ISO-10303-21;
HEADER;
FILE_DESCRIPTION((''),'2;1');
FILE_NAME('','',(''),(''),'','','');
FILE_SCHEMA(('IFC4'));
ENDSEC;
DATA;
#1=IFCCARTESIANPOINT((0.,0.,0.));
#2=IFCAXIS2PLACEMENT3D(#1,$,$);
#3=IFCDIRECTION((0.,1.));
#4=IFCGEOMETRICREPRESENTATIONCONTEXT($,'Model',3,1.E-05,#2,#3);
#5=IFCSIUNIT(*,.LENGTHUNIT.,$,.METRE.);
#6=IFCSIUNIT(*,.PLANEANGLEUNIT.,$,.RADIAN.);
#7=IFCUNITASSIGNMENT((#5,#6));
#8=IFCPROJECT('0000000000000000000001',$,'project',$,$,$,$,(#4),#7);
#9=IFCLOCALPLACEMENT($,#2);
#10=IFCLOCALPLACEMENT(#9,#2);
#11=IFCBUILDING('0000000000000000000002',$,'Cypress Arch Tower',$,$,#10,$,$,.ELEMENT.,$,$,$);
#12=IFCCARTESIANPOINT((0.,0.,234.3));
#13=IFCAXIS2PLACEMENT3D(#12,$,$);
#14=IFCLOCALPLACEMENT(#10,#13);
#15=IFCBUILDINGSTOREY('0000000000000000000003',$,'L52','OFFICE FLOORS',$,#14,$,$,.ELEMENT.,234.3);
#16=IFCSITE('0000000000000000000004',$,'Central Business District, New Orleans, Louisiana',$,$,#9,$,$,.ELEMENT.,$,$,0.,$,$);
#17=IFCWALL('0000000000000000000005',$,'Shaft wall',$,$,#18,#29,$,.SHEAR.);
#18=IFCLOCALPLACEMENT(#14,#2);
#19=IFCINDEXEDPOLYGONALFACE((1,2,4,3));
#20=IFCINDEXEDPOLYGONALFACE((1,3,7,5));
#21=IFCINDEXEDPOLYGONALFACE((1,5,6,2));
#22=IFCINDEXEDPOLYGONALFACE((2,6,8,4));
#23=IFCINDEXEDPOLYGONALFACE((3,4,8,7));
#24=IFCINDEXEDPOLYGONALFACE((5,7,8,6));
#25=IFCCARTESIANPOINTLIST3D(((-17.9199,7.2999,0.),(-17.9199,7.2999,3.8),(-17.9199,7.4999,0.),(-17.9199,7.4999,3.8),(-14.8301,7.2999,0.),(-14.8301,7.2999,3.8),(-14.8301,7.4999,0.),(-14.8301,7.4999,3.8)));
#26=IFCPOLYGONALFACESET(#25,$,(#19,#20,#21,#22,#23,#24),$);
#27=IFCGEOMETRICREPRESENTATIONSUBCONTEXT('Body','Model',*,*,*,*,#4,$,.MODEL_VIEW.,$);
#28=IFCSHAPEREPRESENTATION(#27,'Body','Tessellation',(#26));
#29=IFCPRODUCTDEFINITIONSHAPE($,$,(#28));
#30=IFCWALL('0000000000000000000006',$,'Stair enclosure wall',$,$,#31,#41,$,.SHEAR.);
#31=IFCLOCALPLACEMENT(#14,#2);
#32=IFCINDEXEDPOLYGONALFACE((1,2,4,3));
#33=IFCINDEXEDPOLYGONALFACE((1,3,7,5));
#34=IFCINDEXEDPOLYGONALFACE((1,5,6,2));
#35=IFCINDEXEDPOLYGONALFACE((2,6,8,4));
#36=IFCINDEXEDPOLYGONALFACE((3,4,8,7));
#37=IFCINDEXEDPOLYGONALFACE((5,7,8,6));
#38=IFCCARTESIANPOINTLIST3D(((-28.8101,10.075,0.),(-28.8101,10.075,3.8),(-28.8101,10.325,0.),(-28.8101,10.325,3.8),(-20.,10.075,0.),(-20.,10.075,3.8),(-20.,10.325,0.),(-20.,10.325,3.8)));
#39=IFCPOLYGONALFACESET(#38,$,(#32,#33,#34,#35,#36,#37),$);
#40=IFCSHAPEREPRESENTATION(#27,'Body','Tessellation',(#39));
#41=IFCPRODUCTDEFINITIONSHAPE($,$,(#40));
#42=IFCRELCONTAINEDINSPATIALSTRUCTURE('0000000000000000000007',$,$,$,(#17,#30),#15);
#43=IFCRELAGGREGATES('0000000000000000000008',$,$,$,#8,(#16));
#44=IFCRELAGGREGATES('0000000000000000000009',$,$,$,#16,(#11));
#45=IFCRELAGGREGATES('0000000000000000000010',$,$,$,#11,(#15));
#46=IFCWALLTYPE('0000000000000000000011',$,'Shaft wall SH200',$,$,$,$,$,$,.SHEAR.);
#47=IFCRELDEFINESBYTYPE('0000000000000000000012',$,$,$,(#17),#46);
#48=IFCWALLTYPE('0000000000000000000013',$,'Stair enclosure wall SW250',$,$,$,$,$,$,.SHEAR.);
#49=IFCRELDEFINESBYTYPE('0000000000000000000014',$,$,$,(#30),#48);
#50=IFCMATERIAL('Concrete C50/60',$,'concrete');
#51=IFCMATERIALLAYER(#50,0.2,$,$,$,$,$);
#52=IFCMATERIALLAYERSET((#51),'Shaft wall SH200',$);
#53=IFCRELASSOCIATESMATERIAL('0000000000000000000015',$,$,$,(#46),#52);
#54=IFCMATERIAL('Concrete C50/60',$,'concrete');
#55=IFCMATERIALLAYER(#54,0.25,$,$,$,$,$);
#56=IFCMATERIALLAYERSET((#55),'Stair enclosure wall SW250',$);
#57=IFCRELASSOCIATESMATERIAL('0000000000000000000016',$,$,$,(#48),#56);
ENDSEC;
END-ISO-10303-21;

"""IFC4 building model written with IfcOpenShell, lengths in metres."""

from ifc_helpers import new_model, si_unit, direction, frame, frame_2d, origin, place, context, subcontext, project, spatial, rectangle, extrude, material, layer, layer_set, type_object, element, save


model = new_model("IFC4")

# Units and contexts
model_context = context("Model", 3, precision=1e-05, world=origin(), true_north=direction((0.0, 1.0)))
body_context = subcontext(model_context, "Body", "Model", "MODEL_VIEW")
ifc_project = project(units=[si_unit("LENGTHUNIT", "METRE"), si_unit("PLANEANGLEUNIT", "RADIAN")], contexts=[model_context])

# Site, building, storey
site_placement = place(None, origin())
site = spatial("IfcSite", under=ifc_project, at=site_placement, Name="Central Business District, New Orleans, Louisiana", CompositionType="ELEMENT", RefElevation=0.0)
building_placement = place(site_placement, origin())
building = spatial("IfcBuilding", under=site, at=building_placement, Name="Cypress Arch Tower", CompositionType="ELEMENT")
storey_placement = place(building_placement, frame((0.0, 0.0, 234.3)))
storey = spatial("IfcBuildingStorey", under=building, at=storey_placement, Name="L52", Description="OFFICE FLOORS", CompositionType="ELEMENT", Elevation=234.3)

# Shared definitions
ifc_material_1 = material(Name="Concrete C50/60", Category="concrete")
ifc_layer_1 = layer(ifc_material_1, 0.2)
ifc_layer_set_1 = layer_set([ifc_layer_1], Name="Shaft wall SH200")
wall_type_1 = type_object("IfcWallType", Name="Shaft wall SH200", PredefinedType="SHEAR", material=ifc_layer_set_1)

# Walls
wall_1_placement = place(storey_placement, frame((-17.9199, 7.3999, 0.0), z_axis=(0.0, 0.0, 1.0), x_axis=(1.0, 0.0, 0.0)))
element("IfcWall", 1, at=wall_1_placement, inside=storey, type_object=wall_type_1, Name="Shaft wall", PredefinedType="SHEAR", context=body_context, shape_type="SweptSolid", body=[
    extrude(rectangle(XDim=3.0898, YDim=0.2, at=frame_2d((1.5449, 0.0))), origin(), (0.0, 0.0, 1.0), 3.8),
])
ifc_material_2 = material(Name="Concrete C50/60", Category="concrete")
ifc_layer_2 = layer(ifc_material_2, 0.25)
ifc_layer_set_2 = layer_set([ifc_layer_2], Name="Stair enclosure wall SW250")
wall_type_2 = type_object("IfcWallType", Name="Stair enclosure wall SW250", PredefinedType="SHEAR", material=ifc_layer_set_2)
wall_2_placement = place(storey_placement, frame((-28.8101, 10.2, 0.0), z_axis=(0.0, 0.0, 1.0), x_axis=(1.0, 0.0, 0.0)))
element("IfcWall", 2, at=wall_2_placement, inside=storey, type_object=wall_type_2, Name="Stair enclosure wall", PredefinedType="SHEAR", context=body_context, shape_type="SweptSolid", body=[
    extrude(rectangle(XDim=8.8101, YDim=0.25, at=frame_2d((4.405, 0.0))), origin(), (0.0, 0.0, 1.0), 3.8),
])

save(model, "model.ifc")
